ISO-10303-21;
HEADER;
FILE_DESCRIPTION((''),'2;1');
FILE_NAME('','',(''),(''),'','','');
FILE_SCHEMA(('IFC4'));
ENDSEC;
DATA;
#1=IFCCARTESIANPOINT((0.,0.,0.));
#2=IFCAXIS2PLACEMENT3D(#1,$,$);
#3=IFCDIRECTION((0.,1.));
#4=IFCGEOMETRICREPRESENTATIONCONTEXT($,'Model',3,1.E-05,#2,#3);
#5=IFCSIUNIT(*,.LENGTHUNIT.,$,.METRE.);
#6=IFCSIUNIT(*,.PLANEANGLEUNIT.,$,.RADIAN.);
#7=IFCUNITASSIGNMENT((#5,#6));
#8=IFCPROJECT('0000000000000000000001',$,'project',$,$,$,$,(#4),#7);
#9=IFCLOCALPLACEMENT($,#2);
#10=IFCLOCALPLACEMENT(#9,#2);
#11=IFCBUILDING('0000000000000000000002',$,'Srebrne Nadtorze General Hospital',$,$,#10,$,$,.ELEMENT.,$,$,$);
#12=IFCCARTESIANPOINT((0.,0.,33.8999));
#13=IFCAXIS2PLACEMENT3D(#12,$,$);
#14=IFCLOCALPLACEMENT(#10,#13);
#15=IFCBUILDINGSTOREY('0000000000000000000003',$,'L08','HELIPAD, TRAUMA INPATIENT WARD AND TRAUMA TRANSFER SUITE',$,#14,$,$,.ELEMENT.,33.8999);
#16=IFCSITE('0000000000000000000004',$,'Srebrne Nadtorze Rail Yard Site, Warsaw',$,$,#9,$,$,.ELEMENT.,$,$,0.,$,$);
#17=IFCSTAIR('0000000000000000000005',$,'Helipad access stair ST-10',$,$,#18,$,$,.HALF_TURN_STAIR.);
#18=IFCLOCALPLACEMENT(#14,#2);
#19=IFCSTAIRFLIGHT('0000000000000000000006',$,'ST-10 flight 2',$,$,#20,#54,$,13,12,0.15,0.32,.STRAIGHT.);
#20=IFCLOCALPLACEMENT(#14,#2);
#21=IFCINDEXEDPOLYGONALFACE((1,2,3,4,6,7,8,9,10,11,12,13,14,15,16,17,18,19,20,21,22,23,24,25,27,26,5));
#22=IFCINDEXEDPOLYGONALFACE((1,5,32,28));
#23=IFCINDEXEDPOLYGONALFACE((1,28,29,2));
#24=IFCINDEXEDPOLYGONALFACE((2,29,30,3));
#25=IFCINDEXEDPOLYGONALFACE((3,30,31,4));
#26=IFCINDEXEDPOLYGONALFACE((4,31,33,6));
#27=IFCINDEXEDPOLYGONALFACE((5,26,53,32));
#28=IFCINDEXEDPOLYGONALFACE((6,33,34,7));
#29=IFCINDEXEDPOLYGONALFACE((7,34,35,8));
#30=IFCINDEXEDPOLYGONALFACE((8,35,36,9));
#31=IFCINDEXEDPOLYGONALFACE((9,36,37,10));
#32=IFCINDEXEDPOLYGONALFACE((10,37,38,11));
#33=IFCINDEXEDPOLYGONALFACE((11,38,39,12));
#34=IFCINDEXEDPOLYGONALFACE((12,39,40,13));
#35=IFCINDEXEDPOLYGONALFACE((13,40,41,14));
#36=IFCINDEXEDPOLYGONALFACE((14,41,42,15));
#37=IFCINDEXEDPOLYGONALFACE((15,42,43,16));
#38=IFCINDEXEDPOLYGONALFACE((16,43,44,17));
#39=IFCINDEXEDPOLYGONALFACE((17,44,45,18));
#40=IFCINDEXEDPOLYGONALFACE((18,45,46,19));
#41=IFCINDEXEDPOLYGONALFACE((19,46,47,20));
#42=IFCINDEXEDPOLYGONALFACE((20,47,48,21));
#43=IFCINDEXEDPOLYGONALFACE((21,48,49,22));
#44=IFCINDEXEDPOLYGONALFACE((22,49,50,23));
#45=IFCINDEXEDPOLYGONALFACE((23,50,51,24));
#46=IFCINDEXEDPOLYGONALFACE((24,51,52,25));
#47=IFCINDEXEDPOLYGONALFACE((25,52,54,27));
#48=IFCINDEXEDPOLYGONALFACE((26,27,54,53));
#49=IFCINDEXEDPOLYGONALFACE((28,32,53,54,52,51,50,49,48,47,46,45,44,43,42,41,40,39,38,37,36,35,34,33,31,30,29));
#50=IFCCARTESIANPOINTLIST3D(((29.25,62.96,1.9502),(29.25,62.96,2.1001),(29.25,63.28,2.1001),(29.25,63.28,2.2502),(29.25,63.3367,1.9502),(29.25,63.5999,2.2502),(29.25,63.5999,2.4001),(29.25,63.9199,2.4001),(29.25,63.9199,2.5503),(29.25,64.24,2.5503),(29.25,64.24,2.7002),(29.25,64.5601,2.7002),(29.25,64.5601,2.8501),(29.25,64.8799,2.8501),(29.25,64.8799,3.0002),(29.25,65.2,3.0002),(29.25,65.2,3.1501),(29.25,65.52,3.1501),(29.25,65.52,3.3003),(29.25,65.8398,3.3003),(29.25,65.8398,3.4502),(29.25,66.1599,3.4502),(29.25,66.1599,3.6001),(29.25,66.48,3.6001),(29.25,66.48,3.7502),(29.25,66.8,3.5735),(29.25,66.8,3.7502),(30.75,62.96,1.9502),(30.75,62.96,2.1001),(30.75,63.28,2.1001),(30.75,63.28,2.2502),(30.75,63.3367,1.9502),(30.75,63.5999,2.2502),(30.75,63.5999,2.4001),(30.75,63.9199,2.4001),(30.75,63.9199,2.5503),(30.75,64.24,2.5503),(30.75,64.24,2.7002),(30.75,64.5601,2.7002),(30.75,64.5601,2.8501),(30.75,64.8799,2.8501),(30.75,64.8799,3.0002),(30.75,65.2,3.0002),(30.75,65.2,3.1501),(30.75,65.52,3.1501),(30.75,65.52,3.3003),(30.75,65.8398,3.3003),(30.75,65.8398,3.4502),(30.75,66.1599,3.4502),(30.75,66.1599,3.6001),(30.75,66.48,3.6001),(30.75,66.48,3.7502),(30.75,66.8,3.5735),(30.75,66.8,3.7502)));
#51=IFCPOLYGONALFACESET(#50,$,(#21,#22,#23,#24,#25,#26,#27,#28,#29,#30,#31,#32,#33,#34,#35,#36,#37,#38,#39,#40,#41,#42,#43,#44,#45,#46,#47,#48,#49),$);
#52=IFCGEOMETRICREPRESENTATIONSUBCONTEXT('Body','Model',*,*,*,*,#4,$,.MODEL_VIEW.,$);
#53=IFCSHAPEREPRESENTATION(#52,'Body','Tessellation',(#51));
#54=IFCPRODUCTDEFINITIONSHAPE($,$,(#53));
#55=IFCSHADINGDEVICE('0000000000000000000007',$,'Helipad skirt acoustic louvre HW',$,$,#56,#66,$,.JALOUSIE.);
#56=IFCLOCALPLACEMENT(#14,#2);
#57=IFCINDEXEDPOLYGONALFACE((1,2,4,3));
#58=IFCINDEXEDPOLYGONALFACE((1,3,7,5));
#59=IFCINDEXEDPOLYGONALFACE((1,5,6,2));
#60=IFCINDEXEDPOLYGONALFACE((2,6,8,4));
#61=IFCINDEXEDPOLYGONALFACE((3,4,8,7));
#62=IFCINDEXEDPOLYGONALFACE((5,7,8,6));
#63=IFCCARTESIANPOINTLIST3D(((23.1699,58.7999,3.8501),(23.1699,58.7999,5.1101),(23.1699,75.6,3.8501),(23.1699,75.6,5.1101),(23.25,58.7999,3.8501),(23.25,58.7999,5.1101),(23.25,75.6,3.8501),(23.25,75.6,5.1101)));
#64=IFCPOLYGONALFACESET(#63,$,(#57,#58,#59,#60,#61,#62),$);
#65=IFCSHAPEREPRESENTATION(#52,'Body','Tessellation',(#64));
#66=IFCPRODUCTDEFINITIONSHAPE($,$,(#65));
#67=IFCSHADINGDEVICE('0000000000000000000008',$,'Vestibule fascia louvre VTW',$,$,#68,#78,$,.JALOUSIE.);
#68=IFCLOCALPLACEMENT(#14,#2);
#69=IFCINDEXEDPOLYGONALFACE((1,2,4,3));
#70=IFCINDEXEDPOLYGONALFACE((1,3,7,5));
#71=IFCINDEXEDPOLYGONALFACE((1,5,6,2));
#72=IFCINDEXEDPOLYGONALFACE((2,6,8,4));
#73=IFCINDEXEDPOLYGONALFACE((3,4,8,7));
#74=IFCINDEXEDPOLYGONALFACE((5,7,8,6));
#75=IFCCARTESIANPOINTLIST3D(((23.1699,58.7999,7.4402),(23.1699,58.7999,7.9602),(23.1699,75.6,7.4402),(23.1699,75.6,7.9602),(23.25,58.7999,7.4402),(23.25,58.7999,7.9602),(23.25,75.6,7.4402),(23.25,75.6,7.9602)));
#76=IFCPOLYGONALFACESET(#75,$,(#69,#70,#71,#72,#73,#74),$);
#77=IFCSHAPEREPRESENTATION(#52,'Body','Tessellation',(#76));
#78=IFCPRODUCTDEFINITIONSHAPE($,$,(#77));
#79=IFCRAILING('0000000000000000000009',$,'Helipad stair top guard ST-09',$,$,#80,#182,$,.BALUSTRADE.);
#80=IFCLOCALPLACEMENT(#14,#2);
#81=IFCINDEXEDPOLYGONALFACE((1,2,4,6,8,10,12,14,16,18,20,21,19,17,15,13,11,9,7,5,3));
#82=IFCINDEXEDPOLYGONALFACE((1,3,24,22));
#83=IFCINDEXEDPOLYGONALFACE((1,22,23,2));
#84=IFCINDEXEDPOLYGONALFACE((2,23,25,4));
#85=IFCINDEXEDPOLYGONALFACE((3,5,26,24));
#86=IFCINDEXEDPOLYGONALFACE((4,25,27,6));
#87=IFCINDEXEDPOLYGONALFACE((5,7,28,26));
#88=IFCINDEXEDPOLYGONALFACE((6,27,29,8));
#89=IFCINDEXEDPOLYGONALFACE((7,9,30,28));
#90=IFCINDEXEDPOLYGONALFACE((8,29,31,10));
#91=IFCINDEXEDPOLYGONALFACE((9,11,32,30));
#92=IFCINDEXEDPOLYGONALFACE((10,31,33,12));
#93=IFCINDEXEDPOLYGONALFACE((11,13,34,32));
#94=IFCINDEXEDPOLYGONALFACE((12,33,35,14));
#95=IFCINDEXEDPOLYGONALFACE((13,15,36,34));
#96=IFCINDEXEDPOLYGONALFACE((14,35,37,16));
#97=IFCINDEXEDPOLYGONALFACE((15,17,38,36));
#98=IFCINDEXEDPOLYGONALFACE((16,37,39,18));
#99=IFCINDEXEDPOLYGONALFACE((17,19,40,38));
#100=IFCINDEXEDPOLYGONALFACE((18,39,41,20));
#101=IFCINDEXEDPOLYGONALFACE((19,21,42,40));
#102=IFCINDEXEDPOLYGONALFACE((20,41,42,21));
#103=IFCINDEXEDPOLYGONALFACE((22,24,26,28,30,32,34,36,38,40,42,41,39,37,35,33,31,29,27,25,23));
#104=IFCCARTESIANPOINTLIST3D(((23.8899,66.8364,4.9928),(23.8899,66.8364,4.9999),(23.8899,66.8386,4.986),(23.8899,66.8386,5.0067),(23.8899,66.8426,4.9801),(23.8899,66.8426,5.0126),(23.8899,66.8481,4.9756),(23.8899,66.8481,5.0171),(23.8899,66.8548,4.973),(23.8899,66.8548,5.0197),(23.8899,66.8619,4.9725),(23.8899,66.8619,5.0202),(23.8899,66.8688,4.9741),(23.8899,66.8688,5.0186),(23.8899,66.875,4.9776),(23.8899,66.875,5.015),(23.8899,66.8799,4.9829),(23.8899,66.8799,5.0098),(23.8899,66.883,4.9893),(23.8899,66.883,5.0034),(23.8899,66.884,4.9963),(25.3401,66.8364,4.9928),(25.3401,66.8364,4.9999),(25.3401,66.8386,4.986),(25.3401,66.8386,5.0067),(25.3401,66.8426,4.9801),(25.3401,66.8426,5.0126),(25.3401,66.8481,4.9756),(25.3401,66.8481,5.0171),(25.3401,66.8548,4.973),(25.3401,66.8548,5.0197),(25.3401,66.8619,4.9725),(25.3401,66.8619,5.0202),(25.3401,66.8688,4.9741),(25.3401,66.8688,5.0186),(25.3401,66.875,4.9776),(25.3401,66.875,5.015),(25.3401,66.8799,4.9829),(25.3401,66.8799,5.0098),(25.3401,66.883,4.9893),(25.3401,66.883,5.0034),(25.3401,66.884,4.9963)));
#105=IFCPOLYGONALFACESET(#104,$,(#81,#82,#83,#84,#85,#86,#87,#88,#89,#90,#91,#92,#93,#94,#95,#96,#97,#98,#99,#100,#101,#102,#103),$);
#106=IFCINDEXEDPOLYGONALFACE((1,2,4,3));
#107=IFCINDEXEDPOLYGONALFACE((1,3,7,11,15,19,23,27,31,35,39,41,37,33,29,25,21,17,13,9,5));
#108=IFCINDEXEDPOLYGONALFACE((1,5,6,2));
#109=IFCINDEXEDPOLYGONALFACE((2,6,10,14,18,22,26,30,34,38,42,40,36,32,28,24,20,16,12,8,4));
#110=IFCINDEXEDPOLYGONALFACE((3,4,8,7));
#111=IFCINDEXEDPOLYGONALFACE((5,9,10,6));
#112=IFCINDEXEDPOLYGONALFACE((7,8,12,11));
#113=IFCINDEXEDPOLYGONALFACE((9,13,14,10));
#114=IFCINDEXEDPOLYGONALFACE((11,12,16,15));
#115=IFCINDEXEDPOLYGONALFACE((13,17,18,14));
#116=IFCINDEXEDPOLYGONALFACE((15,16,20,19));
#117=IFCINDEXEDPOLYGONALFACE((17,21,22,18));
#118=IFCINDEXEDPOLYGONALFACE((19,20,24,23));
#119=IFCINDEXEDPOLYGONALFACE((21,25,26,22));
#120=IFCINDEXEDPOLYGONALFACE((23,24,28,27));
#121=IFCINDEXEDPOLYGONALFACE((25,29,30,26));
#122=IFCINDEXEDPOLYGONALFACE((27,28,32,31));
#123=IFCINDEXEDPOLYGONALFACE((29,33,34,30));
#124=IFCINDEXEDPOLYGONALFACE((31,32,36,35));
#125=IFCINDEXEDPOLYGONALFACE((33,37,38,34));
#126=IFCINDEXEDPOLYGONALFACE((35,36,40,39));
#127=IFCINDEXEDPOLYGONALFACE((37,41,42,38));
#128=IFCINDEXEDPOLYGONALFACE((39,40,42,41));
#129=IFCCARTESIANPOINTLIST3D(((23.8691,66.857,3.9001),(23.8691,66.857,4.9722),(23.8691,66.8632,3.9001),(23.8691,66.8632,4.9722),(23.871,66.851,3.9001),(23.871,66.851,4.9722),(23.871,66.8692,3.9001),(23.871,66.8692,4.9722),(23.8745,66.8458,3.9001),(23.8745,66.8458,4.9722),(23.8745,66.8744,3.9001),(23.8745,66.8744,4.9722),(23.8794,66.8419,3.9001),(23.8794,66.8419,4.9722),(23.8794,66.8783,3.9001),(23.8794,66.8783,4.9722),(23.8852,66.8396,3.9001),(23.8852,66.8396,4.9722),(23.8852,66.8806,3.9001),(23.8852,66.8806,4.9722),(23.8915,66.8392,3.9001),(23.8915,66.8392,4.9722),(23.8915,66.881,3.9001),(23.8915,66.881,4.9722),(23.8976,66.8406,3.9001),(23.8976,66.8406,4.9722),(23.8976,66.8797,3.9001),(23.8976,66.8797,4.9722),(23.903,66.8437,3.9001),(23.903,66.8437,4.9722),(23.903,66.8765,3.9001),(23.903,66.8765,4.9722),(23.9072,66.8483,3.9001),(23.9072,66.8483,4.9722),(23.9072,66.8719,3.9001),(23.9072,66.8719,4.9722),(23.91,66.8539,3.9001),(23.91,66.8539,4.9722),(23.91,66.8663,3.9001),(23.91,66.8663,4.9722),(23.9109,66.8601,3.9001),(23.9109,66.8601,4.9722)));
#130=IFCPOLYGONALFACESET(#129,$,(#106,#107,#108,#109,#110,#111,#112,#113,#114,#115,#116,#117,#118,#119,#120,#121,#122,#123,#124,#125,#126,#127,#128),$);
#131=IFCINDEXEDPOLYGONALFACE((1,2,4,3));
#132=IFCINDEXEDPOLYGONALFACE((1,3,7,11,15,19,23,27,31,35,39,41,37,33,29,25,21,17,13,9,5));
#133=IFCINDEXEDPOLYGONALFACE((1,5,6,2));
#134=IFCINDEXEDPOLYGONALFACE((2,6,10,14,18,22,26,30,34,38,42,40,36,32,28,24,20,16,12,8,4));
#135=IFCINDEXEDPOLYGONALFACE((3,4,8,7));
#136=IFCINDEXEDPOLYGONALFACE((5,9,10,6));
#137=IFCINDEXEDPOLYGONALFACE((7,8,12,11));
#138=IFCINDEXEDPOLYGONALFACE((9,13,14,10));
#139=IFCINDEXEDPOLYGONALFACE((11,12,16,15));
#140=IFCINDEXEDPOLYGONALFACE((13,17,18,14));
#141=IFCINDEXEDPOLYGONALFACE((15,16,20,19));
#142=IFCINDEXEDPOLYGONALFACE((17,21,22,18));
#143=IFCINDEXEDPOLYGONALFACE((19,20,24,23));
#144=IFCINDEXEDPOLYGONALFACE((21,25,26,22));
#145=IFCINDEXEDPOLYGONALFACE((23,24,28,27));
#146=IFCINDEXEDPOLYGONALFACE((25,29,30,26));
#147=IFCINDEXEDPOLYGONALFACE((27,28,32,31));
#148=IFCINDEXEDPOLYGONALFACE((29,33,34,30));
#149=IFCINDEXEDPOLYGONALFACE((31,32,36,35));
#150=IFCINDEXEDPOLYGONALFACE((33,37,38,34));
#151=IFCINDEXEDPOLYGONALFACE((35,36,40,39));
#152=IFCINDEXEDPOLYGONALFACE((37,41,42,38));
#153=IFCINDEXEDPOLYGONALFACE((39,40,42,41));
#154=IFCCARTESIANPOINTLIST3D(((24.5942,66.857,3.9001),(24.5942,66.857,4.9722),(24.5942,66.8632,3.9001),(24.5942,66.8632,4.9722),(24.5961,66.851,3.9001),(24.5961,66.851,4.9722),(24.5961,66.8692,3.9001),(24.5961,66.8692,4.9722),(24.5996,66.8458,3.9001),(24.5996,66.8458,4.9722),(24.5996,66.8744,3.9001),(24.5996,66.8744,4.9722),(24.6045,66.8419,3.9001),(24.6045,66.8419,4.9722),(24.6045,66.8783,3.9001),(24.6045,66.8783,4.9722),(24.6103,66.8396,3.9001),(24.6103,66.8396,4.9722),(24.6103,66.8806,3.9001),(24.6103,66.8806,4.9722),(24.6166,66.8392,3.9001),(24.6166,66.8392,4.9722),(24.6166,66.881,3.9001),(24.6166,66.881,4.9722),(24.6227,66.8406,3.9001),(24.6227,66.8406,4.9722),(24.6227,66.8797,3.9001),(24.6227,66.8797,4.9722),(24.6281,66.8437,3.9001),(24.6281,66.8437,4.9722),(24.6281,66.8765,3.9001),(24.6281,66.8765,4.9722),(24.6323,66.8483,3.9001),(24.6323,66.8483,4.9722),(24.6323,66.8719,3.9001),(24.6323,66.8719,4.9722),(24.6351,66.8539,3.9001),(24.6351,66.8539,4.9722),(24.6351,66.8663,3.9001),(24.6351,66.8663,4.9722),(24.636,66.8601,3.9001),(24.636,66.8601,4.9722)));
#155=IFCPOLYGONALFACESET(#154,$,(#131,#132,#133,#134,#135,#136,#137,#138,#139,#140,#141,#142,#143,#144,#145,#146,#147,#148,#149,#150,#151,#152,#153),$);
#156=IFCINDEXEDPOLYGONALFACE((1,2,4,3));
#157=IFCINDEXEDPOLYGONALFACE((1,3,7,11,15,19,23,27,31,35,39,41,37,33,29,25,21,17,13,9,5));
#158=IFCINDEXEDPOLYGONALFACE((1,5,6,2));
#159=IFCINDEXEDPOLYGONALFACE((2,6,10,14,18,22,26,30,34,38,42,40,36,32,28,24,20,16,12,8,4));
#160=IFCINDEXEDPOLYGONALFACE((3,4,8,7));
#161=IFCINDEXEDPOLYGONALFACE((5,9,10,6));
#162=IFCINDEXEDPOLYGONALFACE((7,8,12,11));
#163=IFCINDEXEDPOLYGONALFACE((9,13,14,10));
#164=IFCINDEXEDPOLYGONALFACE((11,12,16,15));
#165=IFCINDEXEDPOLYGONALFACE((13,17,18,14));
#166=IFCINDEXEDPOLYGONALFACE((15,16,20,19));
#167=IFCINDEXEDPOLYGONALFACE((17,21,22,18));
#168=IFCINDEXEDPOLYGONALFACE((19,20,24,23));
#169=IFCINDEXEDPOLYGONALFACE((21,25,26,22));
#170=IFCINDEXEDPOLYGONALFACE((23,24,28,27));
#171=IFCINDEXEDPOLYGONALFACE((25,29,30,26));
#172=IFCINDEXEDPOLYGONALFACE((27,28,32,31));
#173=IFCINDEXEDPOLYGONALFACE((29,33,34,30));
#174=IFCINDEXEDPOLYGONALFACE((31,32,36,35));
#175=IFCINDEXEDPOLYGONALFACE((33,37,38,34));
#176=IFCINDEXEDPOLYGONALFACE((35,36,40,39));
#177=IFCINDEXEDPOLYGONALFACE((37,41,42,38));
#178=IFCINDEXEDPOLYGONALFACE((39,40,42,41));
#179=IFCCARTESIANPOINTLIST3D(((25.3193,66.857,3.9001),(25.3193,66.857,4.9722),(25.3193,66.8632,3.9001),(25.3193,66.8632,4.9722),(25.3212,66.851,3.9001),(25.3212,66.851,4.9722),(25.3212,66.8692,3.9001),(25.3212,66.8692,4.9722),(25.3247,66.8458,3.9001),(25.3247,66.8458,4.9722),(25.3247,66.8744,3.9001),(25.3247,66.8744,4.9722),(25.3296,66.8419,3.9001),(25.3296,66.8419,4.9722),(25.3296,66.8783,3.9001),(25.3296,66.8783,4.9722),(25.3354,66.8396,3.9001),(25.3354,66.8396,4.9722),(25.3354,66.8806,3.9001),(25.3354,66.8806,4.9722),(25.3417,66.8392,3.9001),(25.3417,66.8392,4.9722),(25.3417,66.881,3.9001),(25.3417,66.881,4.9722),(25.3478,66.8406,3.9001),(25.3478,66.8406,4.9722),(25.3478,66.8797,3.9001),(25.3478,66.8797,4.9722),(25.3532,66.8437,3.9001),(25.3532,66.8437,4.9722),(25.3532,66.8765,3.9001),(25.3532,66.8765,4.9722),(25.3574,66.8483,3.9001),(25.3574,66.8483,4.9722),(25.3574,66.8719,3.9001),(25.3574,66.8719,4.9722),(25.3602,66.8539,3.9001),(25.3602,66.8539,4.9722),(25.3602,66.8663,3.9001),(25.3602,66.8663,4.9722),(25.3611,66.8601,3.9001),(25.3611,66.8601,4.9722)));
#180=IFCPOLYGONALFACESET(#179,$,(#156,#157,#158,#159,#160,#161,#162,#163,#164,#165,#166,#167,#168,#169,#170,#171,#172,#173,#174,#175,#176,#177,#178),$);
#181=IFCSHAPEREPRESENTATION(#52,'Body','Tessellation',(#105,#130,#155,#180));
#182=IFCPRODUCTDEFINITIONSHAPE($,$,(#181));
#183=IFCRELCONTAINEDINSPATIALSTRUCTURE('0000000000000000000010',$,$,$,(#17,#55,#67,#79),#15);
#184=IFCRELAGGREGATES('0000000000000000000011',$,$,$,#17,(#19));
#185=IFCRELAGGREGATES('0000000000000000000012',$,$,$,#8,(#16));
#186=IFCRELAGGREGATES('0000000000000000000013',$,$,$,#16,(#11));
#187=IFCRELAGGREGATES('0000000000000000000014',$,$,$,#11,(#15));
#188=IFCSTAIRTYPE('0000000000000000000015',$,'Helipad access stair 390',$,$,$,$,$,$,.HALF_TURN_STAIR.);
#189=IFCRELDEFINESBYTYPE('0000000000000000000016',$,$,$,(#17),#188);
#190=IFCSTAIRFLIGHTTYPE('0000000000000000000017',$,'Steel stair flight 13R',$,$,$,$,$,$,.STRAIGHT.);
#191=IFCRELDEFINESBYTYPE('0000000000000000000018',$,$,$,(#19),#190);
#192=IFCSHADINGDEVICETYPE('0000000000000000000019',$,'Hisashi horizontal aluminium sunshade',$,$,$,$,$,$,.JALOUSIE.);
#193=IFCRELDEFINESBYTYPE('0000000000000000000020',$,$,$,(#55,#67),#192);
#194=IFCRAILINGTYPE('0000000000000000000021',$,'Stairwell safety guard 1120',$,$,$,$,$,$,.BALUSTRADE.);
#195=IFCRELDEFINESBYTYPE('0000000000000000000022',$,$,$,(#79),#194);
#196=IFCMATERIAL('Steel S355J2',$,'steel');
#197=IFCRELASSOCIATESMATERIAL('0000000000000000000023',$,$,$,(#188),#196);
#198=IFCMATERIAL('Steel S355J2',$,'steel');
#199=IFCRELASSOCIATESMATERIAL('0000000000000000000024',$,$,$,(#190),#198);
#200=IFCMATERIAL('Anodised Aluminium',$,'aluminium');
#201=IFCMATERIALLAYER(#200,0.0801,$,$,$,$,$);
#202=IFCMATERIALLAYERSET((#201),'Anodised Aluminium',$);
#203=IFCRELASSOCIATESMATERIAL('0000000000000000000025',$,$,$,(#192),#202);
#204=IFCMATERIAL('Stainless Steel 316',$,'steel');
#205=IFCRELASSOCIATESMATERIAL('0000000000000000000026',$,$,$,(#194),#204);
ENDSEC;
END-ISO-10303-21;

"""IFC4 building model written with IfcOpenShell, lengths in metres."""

from ifc_helpers import new_model, si_unit, direction, frame, origin, origin_2d, place, context, subcontext, project, spatial, polyline, rectangle, circle, outline, extrude, material, layer, layer_set, type_object, element, aggregate, save


model = new_model("IFC4")

# Units and contexts
model_context = context("Model", 3, precision=1e-05, world=origin(), true_north=direction((0.0, 1.0)))
body_context = subcontext(model_context, "Body", "Model", "MODEL_VIEW")
ifc_project = project(units=[si_unit("LENGTHUNIT", "METRE"), si_unit("PLANEANGLEUNIT", "RADIAN")], contexts=[model_context])

# Site, building, storey
site_placement = place(None, origin())
site = spatial("IfcSite", under=ifc_project, at=site_placement, Name="Srebrne Nadtorze Rail Yard Site, Warsaw", CompositionType="ELEMENT", RefElevation=0.0)
building_placement = place(site_placement, origin())
building = spatial("IfcBuilding", under=site, at=building_placement, Name="Srebrne Nadtorze General Hospital", CompositionType="ELEMENT")
storey_placement = place(building_placement, frame((0.0, 0.0, 33.8999)))
storey = spatial("IfcBuildingStorey", under=building, at=storey_placement, Name="L08", Description="HELIPAD, TRAUMA INPATIENT WARD AND TRAUMA TRANSFER SUITE", CompositionType="ELEMENT", Elevation=33.8999)

# Stair, stair flight
ifc_material_1 = material(Name="Steel S355J2", Category="steel")
stair_type = type_object("IfcStairType", Name="Helipad access stair 390", PredefinedType="HALF_TURN_STAIR", material=ifc_material_1)
ifc_material_2 = material(Name="Steel S355J2", Category="steel")
stair_flight_type = type_object("IfcStairFlightType", Name="Steel stair flight 13R", PredefinedType="STRAIGHT", material=ifc_material_2)
stair_1_placement = place(storey_placement, origin())
stair_1 = element("IfcStair", 1, at=stair_1_placement, inside=storey, type_object=stair_type, Name="Helipad access stair ST-10", PredefinedType="HALF_TURN_STAIR")
stair_flight_1_placement = place(storey_placement, frame((30.0, 62.96, 1.9502), z_axis=(0.0, 0.0, 1.0), x_axis=(0.0, 1.0, 0.0)))
stair_flight_1 = element("IfcStairFlight", 2, at=stair_flight_1_placement, type_object=stair_flight_type, Name="ST-10 flight 2", NumberOfRisers=13, NumberOfTreads=12, PredefinedType="STRAIGHT", RiserHeight=0.15, TreadLength=0.32, context=body_context, shape_type="SweptSolid", body=[
    extrude(outline(polyline([(0.0, 0.0), (0.0, 0.1499), (0.3201, 0.1499), (0.3201, 0.3), (0.6399, 0.3), (0.6399, 0.45), (0.96, 0.45), (0.96, 0.6001), (1.28, 0.6001), (1.28, 0.75), (1.6001, 0.75), (1.6001, 0.8999), (1.9199, 0.8999), (1.9199, 1.05), (2.24, 1.05), (2.24, 1.2), (2.5601, 1.2), (2.5601, 1.3501), (2.8799, 1.3501), (2.8799, 1.5), (3.2, 1.5), (3.2, 1.6499), (3.52, 1.6499), (3.52, 1.8), (3.8401, 1.8), (3.8401, 1.95), (3.8401, 1.6233), (0.3767, 0.0), (0.0, 0.0)])), frame((0.0, 0.75, 0.0), z_axis=(0.0, -1.0, 0.0), x_axis=(1.0, 0.0, 0.0)), (0.0, 0.0, 1.0), 1.5),
])
aggregate(stair_1, [stair_flight_1])

# Shading devices
ifc_material_3 = material(Name="Anodised Aluminium", Category="aluminium")
ifc_layer_1 = layer(ifc_material_3, 0.0801)
ifc_layer_set_1 = layer_set([ifc_layer_1], Name="Anodised Aluminium")
shading_device_type = type_object("IfcShadingDeviceType", Name="Hisashi horizontal aluminium sunshade", PredefinedType="JALOUSIE", material=ifc_layer_set_1)
shading_device_1_placement = place(storey_placement, frame((23.21, 67.2, 3.8501), z_axis=(0.0, 0.0, 1.0), x_axis=(1.0, 0.0, 0.0)))
element("IfcShadingDevice", 3, at=shading_device_1_placement, inside=storey, type_object=shading_device_type, Name="Helipad skirt acoustic louvre HW", PredefinedType="JALOUSIE", context=body_context, shape_type="SweptSolid", body=[
    extrude(rectangle(XDim=0.0801, YDim=16.8, at=origin_2d()), origin(), (0.0, 0.0, 1.0), 1.26),
])
shading_device_2_placement = place(storey_placement, frame((23.21, 67.2, 7.4402), z_axis=(0.0, 0.0, 1.0), x_axis=(1.0, 0.0, 0.0)))
element("IfcShadingDevice", 4, at=shading_device_2_placement, inside=storey, type_object=shading_device_type, Name="Vestibule fascia louvre VTW", PredefinedType="JALOUSIE", context=body_context, shape_type="SweptSolid", body=[
    extrude(rectangle(XDim=0.0801, YDim=16.8, at=origin_2d()), origin(), (0.0, 0.0, 1.0), 0.52),
])

# Railing
ifc_material_4 = material(Name="Stainless Steel 316", Category="steel")
railing_type_1 = type_object("IfcRailingType", Name="Stairwell safety guard 1120", PredefinedType="BALUSTRADE", material=ifc_material_4)
railing_1_placement = place(storey_placement, frame((23.8899, 66.8601, 3.9001)))
element("IfcRailing", 5, at=railing_1_placement, inside=storey, type_object=railing_type_1, Name="Helipad stair top guard ST-09", PredefinedType="BALUSTRADE", context=body_context, shape_type="SweptSolid", body=[
    extrude(circle(Radius=0.0239, at=origin_2d()), frame((0.0, 0.0, 1.0962), z_axis=(1.0, 0.0, 0.0), x_axis=(0.0, 1.0, 0.0)), (0.0, 0.0, 1.0), 1.4502),
    extrude(circle(Radius=0.021, at=origin_2d()), origin(), (0.0, 0.0, 1.0), 1.072),
    extrude(circle(Radius=0.021, at=origin_2d()), frame((0.7251, 0.0, 0.0)), (0.0, 0.0, 1.0), 1.072),
    extrude(circle(Radius=0.021, at=origin_2d()), frame((1.4502, 0.0, 0.0)), (0.0, 0.0, 1.0), 1.072),
])

save(model, "model.ifc")
